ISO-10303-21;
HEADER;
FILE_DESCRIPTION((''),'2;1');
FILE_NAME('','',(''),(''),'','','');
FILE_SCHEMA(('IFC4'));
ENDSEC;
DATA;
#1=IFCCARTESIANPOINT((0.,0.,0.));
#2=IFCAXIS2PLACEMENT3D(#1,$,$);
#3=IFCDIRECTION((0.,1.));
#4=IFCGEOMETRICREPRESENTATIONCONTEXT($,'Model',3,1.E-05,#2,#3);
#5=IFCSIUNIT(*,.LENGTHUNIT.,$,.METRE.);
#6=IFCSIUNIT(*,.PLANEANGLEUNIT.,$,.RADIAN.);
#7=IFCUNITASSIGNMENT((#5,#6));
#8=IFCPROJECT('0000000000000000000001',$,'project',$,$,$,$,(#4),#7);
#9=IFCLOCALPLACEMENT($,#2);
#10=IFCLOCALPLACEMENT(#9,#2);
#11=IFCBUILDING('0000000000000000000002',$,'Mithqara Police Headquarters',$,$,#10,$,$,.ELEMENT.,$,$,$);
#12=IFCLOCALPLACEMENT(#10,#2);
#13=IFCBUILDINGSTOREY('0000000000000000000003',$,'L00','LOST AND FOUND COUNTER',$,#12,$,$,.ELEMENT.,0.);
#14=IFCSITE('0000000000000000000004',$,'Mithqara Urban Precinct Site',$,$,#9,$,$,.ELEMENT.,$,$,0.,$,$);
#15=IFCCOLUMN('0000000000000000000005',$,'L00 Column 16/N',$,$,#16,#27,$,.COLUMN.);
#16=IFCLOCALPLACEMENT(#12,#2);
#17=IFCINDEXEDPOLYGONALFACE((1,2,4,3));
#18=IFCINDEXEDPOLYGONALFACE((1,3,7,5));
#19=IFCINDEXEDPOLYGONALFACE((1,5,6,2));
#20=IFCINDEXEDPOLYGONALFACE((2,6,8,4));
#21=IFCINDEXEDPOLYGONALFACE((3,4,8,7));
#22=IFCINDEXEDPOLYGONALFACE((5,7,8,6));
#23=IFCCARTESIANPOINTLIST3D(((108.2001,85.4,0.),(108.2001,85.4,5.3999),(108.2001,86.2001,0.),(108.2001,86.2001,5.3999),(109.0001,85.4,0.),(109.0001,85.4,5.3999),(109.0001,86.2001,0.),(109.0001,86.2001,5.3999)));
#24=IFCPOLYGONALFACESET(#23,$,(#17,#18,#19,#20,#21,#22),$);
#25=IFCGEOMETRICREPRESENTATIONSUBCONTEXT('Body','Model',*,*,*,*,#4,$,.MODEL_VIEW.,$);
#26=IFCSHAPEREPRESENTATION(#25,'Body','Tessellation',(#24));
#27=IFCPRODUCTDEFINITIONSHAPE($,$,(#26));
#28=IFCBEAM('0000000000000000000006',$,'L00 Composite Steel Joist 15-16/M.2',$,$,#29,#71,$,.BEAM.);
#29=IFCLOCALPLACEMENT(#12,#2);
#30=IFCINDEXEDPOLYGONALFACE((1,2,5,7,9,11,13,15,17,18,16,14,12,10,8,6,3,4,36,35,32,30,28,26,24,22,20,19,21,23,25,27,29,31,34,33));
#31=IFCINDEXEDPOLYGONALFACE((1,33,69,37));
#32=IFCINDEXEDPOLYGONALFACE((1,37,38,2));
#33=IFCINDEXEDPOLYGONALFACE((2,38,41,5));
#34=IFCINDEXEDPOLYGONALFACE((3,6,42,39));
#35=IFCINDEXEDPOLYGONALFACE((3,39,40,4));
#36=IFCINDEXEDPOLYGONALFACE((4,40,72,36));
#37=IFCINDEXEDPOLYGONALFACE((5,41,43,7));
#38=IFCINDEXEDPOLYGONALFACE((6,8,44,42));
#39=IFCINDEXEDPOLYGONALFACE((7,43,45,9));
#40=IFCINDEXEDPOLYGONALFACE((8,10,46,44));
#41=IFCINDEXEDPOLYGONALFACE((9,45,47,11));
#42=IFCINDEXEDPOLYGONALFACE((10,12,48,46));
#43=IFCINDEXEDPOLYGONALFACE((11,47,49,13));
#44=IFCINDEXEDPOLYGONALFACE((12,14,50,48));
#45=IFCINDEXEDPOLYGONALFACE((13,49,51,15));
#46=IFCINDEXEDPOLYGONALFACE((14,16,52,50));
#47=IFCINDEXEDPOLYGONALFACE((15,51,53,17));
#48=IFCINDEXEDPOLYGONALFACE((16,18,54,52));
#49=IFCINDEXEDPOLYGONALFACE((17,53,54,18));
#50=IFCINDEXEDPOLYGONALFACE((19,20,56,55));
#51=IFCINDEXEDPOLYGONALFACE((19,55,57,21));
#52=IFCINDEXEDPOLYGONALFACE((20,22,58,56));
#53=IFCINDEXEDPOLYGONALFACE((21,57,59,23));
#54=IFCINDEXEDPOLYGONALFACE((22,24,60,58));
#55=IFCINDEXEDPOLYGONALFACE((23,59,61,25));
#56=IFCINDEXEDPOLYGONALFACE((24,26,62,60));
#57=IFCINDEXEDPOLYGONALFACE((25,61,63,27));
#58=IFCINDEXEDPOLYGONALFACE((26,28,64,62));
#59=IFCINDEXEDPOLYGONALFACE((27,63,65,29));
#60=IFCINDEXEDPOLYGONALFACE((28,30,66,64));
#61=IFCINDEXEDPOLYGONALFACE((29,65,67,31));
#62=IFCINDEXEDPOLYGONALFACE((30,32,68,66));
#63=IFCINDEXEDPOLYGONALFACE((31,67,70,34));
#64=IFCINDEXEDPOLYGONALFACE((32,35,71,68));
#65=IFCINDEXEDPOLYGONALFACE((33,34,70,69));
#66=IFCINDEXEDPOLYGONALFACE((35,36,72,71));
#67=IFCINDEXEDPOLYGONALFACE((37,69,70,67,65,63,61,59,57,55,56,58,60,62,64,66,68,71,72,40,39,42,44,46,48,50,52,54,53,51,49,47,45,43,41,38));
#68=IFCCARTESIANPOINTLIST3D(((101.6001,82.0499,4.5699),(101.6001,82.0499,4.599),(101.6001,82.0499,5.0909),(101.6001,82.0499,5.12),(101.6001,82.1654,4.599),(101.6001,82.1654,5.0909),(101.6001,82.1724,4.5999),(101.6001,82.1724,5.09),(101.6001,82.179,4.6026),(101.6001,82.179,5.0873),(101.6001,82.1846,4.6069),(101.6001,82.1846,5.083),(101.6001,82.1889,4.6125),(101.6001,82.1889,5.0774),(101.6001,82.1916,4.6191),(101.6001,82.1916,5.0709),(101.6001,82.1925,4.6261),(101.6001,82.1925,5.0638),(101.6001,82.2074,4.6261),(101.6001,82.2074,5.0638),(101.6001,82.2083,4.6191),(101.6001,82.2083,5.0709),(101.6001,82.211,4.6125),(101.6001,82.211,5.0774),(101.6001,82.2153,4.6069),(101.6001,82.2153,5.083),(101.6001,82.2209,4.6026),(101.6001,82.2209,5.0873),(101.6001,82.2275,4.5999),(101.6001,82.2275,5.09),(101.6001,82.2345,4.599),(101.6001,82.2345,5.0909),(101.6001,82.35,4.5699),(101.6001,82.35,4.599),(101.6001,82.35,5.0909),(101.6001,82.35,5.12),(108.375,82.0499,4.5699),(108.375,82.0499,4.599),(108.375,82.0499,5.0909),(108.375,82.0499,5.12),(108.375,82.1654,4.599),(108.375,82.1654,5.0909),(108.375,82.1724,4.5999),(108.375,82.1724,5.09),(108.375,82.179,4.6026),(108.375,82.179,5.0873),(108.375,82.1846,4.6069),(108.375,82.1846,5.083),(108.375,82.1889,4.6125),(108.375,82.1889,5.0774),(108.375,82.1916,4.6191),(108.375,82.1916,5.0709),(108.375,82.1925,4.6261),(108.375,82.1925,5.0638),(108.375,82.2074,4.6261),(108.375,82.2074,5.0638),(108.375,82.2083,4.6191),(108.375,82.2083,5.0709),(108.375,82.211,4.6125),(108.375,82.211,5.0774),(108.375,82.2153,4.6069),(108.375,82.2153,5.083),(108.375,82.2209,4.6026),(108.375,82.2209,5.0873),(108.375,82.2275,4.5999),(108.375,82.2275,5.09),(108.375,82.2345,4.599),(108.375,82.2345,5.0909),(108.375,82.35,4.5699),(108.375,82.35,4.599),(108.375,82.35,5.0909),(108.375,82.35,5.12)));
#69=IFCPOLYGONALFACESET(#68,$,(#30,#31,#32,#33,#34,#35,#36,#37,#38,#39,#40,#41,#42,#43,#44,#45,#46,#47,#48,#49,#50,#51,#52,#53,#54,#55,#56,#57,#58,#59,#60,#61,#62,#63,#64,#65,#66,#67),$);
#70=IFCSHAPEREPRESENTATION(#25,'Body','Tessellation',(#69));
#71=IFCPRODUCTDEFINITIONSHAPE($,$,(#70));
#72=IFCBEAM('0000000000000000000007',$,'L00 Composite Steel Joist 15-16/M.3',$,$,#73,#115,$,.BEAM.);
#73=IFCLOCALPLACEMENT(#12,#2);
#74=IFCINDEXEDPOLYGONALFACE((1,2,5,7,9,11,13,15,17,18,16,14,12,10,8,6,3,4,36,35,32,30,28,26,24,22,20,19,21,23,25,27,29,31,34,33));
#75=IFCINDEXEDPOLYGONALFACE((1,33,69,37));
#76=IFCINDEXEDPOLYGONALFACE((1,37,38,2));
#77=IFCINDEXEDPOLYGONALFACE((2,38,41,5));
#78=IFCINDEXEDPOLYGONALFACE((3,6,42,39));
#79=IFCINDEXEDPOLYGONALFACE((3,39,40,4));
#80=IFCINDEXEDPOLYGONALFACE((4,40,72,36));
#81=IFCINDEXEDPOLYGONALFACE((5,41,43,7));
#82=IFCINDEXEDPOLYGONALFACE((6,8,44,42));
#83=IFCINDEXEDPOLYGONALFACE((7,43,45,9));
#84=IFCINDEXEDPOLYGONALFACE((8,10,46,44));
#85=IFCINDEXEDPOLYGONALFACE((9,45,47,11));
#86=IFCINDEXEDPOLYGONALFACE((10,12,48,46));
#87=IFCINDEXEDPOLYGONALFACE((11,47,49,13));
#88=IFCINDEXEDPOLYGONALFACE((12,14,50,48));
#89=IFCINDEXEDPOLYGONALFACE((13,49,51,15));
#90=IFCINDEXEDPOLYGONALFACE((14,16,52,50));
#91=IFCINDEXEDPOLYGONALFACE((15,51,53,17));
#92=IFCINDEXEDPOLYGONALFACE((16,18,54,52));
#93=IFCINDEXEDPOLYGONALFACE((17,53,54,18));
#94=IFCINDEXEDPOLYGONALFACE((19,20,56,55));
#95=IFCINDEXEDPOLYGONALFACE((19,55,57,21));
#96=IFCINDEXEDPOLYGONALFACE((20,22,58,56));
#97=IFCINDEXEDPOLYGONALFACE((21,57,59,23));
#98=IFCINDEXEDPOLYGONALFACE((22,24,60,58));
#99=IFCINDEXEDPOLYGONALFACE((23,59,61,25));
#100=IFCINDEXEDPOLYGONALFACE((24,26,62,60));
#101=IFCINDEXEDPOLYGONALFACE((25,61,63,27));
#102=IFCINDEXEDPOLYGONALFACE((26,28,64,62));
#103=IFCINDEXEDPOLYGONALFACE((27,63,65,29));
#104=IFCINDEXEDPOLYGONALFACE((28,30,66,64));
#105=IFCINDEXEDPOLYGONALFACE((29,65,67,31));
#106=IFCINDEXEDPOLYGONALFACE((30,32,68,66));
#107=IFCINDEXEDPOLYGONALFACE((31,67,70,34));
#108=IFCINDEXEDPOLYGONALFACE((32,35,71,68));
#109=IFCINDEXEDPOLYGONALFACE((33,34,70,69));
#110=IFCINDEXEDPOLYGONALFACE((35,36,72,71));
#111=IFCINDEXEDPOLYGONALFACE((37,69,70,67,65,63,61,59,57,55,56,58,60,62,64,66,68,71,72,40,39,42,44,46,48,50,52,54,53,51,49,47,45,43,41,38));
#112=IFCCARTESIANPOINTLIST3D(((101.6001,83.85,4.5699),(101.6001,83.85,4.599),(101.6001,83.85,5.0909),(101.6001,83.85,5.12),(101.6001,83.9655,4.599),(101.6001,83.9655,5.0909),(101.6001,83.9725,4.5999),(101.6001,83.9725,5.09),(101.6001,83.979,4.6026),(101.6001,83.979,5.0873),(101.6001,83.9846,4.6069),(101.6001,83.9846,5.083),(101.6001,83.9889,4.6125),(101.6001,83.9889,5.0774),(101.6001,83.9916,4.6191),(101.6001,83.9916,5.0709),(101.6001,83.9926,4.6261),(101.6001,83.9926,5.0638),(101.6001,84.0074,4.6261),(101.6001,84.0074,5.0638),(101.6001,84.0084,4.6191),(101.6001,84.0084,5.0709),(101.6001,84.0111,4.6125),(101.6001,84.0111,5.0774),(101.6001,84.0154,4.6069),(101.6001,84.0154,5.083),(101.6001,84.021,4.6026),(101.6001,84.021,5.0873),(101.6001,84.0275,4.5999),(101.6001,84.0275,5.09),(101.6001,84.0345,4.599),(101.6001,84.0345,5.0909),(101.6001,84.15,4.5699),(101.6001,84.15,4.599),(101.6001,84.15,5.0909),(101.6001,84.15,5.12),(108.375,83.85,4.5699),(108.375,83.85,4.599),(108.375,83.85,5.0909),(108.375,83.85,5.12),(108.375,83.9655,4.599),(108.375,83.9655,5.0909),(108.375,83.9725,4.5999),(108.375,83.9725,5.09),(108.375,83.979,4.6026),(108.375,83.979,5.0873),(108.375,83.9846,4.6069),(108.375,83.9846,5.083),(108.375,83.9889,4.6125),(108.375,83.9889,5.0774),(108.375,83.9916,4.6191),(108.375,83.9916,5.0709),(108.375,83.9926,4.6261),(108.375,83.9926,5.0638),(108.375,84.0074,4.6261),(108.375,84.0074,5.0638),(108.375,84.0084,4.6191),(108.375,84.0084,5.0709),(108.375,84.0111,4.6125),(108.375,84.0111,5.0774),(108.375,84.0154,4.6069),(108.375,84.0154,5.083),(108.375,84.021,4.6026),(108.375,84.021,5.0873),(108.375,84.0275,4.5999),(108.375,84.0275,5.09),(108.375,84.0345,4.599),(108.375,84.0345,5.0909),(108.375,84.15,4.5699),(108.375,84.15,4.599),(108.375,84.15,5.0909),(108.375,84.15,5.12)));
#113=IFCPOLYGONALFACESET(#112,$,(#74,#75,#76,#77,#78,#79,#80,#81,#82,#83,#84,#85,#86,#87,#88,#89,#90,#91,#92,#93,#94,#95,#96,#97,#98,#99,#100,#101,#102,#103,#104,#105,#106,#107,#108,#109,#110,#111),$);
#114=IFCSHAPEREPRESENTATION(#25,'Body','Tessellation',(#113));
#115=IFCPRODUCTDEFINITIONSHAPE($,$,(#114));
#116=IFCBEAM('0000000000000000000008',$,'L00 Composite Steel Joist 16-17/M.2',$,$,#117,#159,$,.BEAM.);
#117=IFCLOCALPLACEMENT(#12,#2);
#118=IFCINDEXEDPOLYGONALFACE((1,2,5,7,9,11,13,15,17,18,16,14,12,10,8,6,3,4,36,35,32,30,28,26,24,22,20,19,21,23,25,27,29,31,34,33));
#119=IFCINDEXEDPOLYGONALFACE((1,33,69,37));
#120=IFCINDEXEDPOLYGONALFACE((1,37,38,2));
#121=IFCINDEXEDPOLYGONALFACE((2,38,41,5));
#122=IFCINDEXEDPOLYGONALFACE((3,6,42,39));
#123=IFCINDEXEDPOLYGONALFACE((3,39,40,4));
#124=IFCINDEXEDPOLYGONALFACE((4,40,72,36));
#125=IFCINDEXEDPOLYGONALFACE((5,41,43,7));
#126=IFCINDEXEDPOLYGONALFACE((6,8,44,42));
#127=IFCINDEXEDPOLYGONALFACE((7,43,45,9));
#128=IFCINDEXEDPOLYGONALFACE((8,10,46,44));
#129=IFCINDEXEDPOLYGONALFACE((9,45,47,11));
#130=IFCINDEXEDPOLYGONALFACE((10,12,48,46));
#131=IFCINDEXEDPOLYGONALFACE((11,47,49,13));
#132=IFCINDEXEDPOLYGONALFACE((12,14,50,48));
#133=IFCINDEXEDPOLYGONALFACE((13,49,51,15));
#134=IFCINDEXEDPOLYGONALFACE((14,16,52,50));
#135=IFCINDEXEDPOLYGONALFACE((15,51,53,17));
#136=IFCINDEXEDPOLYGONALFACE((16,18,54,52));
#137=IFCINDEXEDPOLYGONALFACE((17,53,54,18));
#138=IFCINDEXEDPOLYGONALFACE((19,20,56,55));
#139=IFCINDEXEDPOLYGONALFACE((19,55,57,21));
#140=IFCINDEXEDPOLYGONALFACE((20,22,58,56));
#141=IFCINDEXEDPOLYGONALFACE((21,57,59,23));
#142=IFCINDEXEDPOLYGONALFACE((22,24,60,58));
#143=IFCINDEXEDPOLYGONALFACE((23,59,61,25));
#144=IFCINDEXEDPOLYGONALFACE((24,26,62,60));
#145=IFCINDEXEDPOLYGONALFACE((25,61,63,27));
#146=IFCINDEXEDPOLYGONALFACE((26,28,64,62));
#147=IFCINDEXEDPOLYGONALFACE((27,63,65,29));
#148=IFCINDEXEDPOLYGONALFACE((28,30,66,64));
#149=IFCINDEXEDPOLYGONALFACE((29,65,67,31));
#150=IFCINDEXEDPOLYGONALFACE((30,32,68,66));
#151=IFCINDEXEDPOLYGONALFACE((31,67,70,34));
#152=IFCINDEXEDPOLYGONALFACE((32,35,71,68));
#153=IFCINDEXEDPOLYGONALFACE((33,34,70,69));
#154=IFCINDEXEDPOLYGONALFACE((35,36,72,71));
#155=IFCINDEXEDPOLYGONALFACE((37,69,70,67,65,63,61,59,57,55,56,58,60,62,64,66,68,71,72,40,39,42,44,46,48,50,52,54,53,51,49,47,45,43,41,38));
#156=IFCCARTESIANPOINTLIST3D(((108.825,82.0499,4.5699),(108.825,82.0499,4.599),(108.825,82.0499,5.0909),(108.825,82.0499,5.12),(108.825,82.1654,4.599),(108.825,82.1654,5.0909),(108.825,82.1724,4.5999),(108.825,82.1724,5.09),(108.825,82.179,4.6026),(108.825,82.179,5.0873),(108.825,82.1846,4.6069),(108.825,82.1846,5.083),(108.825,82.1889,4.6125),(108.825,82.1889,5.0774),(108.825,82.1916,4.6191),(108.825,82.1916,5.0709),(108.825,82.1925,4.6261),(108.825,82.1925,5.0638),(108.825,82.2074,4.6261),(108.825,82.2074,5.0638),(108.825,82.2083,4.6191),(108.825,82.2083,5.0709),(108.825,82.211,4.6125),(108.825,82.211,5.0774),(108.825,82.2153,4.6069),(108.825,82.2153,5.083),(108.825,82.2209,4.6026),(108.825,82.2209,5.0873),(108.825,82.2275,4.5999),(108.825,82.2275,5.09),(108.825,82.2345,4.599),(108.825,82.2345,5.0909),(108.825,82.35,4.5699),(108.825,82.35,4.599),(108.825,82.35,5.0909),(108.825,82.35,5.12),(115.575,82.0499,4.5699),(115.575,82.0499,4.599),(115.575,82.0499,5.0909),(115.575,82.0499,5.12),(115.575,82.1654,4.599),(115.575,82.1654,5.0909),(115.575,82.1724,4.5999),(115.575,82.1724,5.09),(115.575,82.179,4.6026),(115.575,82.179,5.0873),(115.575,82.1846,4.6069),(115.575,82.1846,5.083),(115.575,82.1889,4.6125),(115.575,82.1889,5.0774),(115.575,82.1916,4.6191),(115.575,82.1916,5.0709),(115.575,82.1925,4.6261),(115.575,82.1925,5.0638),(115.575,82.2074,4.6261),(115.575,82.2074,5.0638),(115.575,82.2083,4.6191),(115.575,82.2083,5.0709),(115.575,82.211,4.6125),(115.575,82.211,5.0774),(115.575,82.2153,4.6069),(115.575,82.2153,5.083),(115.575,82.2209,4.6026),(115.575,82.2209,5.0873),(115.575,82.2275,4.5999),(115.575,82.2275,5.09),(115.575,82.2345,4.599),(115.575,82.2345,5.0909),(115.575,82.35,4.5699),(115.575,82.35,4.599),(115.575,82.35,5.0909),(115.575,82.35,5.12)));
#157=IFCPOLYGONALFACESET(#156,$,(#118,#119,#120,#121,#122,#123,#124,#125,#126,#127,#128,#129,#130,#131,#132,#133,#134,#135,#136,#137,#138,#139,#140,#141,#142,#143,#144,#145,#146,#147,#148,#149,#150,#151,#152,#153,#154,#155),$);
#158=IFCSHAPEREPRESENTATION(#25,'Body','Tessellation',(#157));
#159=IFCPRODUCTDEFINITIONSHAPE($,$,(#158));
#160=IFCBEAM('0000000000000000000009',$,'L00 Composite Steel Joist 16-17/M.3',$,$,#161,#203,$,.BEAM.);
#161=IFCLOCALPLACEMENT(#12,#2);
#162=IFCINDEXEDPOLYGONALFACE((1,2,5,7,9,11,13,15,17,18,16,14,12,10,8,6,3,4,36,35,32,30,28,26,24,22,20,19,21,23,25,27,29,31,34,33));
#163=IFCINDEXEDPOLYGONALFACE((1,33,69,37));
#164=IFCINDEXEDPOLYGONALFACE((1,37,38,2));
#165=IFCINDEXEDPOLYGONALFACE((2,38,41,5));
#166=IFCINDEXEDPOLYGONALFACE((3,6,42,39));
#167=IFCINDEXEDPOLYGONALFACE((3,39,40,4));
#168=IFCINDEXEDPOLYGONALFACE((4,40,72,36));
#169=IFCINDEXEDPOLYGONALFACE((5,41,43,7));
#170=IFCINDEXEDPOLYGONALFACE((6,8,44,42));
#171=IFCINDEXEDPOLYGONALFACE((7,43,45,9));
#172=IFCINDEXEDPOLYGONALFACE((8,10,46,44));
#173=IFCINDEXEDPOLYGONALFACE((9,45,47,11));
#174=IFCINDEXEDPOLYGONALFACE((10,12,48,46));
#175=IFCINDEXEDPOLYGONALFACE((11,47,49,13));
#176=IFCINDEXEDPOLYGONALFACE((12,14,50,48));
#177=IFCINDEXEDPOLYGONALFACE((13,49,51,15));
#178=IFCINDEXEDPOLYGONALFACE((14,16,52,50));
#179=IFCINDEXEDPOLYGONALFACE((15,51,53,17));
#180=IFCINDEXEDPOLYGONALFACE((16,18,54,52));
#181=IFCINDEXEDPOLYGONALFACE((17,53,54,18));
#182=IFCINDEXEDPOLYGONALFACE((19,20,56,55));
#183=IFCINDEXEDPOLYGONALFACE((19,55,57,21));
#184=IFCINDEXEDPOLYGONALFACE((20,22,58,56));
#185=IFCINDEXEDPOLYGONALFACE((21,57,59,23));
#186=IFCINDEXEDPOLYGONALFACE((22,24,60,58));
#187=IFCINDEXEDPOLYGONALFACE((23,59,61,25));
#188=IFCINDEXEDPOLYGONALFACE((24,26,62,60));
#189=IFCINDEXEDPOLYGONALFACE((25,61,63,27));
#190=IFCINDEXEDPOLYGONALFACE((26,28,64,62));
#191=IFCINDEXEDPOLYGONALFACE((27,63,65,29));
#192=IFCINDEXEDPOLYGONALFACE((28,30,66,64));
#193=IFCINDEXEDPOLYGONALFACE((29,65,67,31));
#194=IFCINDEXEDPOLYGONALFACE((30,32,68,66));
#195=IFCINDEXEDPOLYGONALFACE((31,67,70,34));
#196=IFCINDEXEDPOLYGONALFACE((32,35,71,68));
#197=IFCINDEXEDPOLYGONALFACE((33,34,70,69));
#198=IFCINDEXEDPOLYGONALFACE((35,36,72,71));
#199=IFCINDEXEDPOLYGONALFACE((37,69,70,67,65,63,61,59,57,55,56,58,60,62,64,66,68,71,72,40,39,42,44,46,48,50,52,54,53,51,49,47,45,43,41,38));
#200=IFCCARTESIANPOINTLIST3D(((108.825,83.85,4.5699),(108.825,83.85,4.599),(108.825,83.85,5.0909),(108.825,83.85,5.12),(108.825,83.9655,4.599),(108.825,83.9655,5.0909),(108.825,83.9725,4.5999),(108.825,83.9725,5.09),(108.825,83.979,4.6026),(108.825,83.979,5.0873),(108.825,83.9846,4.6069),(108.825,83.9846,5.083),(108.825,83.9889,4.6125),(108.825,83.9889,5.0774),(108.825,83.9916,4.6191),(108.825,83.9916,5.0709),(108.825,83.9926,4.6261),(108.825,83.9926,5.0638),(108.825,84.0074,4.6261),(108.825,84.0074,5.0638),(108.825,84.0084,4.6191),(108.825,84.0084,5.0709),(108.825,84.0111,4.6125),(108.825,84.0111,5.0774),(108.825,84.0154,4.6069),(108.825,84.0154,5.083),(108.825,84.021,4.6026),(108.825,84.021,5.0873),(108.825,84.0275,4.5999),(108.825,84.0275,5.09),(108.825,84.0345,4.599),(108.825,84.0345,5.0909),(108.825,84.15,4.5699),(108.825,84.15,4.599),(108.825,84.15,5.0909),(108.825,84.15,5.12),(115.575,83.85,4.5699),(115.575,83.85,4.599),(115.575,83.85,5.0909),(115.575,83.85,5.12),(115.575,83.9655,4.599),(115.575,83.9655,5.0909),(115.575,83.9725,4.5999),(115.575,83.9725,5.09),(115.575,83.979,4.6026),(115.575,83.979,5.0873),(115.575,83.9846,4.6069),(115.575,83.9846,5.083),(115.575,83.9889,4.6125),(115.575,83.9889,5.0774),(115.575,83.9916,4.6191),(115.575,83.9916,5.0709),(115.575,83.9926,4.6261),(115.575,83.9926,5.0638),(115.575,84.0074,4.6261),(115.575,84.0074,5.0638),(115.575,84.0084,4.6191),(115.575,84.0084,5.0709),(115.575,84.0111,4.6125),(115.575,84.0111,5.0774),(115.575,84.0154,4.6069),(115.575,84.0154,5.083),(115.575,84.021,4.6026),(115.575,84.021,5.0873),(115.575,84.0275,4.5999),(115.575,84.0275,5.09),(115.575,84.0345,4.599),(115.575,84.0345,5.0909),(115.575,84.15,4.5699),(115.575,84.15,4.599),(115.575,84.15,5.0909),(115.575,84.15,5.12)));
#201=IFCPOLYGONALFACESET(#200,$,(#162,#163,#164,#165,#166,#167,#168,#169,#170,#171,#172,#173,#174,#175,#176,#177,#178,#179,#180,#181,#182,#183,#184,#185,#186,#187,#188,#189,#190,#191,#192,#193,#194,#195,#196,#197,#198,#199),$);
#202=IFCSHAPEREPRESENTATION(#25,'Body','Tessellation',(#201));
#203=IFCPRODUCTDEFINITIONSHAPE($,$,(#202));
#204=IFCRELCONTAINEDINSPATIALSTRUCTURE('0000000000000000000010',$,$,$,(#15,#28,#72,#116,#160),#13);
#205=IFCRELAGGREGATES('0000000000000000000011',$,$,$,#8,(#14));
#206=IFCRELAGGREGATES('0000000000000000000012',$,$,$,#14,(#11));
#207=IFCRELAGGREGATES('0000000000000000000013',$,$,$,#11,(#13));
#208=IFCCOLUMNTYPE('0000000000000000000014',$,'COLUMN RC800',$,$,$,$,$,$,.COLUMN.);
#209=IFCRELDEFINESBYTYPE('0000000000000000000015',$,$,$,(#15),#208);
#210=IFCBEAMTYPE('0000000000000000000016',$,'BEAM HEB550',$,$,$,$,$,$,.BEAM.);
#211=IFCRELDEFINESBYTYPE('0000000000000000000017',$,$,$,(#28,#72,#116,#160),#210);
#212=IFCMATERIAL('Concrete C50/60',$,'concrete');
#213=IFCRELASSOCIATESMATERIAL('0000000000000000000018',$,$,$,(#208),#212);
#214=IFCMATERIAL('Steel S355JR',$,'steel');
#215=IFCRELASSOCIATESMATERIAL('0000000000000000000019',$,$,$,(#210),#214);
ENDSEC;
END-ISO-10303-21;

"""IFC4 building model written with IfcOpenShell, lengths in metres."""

from ifc_helpers import new_model, si_unit, direction, frame, origin, origin_2d, place, context, subcontext, project, spatial, rectangle, i_section, extrude, material, material_profile, profile_set, type_object, element, save


model = new_model("IFC4")

# Units and contexts
model_context = context("Model", 3, precision=1e-05, world=origin(), true_north=direction((0.0, 1.0)))
body_context = subcontext(model_context, "Body", "Model", "MODEL_VIEW")
ifc_project = project(units=[si_unit("LENGTHUNIT", "METRE"), si_unit("PLANEANGLEUNIT", "RADIAN")], contexts=[model_context])

# Site, building, storey
site_placement = place(None, origin())
site = spatial("IfcSite", under=ifc_project, at=site_placement, Name="Mithqara Urban Precinct Site", CompositionType="ELEMENT", RefElevation=0.0)
building_placement = place(site_placement, origin())
building = spatial("IfcBuilding", under=site, at=building_placement, Name="Mithqara Police Headquarters", CompositionType="ELEMENT")
storey_placement = place(building_placement, origin())
storey = spatial("IfcBuildingStorey", under=building, at=storey_placement, Name="L00", Description="LOST AND FOUND COUNTER", CompositionType="ELEMENT", Elevation=0.0)

# Column
ifc_material_1 = material(Name="Concrete C50/60", Category="concrete")
ifc_material_profile_1 = material_profile(ifc_material_1, rectangle(XDim=0.8, YDim=0.8, at=origin_2d()), Name="RC 800x800")
ifc_profile_set_1 = profile_set([ifc_material_profile_1], Name="Concrete C50/60")
column_type = type_object("IfcColumnType", Name="COLUMN RC800", PredefinedType="COLUMN", material=ifc_profile_set_1)
column_placement = place(storey_placement, frame((108.6001, 85.8, 0.0), z_axis=(0.0, 0.0, 1.0), x_axis=(1.0, 0.0, 0.0)))
element("IfcColumn", 1, at=column_placement, inside=storey, type_object=column_type, Name="L00 Column 16/N", PredefinedType="COLUMN", context=body_context, shape_type="SweptSolid", body=[
    extrude(rectangle(XDim=0.8, YDim=0.8, at=origin_2d()), origin(), (0.0, 0.0, 1.0), 5.3999),
])

# Beams
ifc_material_2 = material(Name="Steel S355JR", Category="steel")
ifc_material_profile_2 = material_profile(ifc_material_2, i_section(OverallWidth=0.3, OverallDepth=0.55, WebThickness=0.0149, FlangeThickness=0.0291, FilletRadius=0.0271, at=origin_2d()), Name="HEB 550")
ifc_profile_set_2 = profile_set([ifc_material_profile_2], Name="Steel S355JR")
beam_type_1 = type_object("IfcBeamType", Name="BEAM HEB550", PredefinedType="BEAM", material=ifc_profile_set_2)
for number, where, z_axis, x_axis, name in (
    (2, (101.6001, 82.2, 4.845), (1.0, 0.0, 0.0), (0.0, 1.0, 0.0), "L00 Composite Steel Joist 15-16/M.2"),
    (3, (101.6001, 84.0, 4.845), (1.0, 0.0, 0.0), (0.0, 1.0, 0.0), "L00 Composite Steel Joist 15-16/M.3"),
):
    element("IfcBeam", number, at=place(storey_placement, frame(where, z_axis=z_axis, x_axis=x_axis)), inside=storey, type_object=beam_type_1, Name=name, PredefinedType="BEAM", context=body_context, shape_type="SweptSolid", body=[
        extrude(i_section(OverallWidth=0.3, OverallDepth=0.55, WebThickness=0.0149, FlangeThickness=0.0291, FilletRadius=0.0271, at=origin_2d()), origin(), (0.0, 0.0, 1.0), 6.7749),
    ])
for number, where, z_axis, x_axis, name in (
    (4, (108.825, 82.2, 4.845), (1.0, 0.0, 0.0), (0.0, 1.0, 0.0), "L00 Composite Steel Joist 16-17/M.2"),
    (5, (108.825, 84.0, 4.845), (1.0, 0.0, 0.0), (0.0, 1.0, 0.0), "L00 Composite Steel Joist 16-17/M.3"),
):
    element("IfcBeam", number, at=place(storey_placement, frame(where, z_axis=z_axis, x_axis=x_axis)), inside=storey, type_object=beam_type_1, Name=name, PredefinedType="BEAM", context=body_context, shape_type="SweptSolid", body=[
        extrude(i_section(OverallWidth=0.3, OverallDepth=0.55, WebThickness=0.0149, FlangeThickness=0.0291, FilletRadius=0.0271, at=origin_2d()), origin(), (0.0, 0.0, 1.0), 6.75),
    ])

save(model, "model.ifc")
